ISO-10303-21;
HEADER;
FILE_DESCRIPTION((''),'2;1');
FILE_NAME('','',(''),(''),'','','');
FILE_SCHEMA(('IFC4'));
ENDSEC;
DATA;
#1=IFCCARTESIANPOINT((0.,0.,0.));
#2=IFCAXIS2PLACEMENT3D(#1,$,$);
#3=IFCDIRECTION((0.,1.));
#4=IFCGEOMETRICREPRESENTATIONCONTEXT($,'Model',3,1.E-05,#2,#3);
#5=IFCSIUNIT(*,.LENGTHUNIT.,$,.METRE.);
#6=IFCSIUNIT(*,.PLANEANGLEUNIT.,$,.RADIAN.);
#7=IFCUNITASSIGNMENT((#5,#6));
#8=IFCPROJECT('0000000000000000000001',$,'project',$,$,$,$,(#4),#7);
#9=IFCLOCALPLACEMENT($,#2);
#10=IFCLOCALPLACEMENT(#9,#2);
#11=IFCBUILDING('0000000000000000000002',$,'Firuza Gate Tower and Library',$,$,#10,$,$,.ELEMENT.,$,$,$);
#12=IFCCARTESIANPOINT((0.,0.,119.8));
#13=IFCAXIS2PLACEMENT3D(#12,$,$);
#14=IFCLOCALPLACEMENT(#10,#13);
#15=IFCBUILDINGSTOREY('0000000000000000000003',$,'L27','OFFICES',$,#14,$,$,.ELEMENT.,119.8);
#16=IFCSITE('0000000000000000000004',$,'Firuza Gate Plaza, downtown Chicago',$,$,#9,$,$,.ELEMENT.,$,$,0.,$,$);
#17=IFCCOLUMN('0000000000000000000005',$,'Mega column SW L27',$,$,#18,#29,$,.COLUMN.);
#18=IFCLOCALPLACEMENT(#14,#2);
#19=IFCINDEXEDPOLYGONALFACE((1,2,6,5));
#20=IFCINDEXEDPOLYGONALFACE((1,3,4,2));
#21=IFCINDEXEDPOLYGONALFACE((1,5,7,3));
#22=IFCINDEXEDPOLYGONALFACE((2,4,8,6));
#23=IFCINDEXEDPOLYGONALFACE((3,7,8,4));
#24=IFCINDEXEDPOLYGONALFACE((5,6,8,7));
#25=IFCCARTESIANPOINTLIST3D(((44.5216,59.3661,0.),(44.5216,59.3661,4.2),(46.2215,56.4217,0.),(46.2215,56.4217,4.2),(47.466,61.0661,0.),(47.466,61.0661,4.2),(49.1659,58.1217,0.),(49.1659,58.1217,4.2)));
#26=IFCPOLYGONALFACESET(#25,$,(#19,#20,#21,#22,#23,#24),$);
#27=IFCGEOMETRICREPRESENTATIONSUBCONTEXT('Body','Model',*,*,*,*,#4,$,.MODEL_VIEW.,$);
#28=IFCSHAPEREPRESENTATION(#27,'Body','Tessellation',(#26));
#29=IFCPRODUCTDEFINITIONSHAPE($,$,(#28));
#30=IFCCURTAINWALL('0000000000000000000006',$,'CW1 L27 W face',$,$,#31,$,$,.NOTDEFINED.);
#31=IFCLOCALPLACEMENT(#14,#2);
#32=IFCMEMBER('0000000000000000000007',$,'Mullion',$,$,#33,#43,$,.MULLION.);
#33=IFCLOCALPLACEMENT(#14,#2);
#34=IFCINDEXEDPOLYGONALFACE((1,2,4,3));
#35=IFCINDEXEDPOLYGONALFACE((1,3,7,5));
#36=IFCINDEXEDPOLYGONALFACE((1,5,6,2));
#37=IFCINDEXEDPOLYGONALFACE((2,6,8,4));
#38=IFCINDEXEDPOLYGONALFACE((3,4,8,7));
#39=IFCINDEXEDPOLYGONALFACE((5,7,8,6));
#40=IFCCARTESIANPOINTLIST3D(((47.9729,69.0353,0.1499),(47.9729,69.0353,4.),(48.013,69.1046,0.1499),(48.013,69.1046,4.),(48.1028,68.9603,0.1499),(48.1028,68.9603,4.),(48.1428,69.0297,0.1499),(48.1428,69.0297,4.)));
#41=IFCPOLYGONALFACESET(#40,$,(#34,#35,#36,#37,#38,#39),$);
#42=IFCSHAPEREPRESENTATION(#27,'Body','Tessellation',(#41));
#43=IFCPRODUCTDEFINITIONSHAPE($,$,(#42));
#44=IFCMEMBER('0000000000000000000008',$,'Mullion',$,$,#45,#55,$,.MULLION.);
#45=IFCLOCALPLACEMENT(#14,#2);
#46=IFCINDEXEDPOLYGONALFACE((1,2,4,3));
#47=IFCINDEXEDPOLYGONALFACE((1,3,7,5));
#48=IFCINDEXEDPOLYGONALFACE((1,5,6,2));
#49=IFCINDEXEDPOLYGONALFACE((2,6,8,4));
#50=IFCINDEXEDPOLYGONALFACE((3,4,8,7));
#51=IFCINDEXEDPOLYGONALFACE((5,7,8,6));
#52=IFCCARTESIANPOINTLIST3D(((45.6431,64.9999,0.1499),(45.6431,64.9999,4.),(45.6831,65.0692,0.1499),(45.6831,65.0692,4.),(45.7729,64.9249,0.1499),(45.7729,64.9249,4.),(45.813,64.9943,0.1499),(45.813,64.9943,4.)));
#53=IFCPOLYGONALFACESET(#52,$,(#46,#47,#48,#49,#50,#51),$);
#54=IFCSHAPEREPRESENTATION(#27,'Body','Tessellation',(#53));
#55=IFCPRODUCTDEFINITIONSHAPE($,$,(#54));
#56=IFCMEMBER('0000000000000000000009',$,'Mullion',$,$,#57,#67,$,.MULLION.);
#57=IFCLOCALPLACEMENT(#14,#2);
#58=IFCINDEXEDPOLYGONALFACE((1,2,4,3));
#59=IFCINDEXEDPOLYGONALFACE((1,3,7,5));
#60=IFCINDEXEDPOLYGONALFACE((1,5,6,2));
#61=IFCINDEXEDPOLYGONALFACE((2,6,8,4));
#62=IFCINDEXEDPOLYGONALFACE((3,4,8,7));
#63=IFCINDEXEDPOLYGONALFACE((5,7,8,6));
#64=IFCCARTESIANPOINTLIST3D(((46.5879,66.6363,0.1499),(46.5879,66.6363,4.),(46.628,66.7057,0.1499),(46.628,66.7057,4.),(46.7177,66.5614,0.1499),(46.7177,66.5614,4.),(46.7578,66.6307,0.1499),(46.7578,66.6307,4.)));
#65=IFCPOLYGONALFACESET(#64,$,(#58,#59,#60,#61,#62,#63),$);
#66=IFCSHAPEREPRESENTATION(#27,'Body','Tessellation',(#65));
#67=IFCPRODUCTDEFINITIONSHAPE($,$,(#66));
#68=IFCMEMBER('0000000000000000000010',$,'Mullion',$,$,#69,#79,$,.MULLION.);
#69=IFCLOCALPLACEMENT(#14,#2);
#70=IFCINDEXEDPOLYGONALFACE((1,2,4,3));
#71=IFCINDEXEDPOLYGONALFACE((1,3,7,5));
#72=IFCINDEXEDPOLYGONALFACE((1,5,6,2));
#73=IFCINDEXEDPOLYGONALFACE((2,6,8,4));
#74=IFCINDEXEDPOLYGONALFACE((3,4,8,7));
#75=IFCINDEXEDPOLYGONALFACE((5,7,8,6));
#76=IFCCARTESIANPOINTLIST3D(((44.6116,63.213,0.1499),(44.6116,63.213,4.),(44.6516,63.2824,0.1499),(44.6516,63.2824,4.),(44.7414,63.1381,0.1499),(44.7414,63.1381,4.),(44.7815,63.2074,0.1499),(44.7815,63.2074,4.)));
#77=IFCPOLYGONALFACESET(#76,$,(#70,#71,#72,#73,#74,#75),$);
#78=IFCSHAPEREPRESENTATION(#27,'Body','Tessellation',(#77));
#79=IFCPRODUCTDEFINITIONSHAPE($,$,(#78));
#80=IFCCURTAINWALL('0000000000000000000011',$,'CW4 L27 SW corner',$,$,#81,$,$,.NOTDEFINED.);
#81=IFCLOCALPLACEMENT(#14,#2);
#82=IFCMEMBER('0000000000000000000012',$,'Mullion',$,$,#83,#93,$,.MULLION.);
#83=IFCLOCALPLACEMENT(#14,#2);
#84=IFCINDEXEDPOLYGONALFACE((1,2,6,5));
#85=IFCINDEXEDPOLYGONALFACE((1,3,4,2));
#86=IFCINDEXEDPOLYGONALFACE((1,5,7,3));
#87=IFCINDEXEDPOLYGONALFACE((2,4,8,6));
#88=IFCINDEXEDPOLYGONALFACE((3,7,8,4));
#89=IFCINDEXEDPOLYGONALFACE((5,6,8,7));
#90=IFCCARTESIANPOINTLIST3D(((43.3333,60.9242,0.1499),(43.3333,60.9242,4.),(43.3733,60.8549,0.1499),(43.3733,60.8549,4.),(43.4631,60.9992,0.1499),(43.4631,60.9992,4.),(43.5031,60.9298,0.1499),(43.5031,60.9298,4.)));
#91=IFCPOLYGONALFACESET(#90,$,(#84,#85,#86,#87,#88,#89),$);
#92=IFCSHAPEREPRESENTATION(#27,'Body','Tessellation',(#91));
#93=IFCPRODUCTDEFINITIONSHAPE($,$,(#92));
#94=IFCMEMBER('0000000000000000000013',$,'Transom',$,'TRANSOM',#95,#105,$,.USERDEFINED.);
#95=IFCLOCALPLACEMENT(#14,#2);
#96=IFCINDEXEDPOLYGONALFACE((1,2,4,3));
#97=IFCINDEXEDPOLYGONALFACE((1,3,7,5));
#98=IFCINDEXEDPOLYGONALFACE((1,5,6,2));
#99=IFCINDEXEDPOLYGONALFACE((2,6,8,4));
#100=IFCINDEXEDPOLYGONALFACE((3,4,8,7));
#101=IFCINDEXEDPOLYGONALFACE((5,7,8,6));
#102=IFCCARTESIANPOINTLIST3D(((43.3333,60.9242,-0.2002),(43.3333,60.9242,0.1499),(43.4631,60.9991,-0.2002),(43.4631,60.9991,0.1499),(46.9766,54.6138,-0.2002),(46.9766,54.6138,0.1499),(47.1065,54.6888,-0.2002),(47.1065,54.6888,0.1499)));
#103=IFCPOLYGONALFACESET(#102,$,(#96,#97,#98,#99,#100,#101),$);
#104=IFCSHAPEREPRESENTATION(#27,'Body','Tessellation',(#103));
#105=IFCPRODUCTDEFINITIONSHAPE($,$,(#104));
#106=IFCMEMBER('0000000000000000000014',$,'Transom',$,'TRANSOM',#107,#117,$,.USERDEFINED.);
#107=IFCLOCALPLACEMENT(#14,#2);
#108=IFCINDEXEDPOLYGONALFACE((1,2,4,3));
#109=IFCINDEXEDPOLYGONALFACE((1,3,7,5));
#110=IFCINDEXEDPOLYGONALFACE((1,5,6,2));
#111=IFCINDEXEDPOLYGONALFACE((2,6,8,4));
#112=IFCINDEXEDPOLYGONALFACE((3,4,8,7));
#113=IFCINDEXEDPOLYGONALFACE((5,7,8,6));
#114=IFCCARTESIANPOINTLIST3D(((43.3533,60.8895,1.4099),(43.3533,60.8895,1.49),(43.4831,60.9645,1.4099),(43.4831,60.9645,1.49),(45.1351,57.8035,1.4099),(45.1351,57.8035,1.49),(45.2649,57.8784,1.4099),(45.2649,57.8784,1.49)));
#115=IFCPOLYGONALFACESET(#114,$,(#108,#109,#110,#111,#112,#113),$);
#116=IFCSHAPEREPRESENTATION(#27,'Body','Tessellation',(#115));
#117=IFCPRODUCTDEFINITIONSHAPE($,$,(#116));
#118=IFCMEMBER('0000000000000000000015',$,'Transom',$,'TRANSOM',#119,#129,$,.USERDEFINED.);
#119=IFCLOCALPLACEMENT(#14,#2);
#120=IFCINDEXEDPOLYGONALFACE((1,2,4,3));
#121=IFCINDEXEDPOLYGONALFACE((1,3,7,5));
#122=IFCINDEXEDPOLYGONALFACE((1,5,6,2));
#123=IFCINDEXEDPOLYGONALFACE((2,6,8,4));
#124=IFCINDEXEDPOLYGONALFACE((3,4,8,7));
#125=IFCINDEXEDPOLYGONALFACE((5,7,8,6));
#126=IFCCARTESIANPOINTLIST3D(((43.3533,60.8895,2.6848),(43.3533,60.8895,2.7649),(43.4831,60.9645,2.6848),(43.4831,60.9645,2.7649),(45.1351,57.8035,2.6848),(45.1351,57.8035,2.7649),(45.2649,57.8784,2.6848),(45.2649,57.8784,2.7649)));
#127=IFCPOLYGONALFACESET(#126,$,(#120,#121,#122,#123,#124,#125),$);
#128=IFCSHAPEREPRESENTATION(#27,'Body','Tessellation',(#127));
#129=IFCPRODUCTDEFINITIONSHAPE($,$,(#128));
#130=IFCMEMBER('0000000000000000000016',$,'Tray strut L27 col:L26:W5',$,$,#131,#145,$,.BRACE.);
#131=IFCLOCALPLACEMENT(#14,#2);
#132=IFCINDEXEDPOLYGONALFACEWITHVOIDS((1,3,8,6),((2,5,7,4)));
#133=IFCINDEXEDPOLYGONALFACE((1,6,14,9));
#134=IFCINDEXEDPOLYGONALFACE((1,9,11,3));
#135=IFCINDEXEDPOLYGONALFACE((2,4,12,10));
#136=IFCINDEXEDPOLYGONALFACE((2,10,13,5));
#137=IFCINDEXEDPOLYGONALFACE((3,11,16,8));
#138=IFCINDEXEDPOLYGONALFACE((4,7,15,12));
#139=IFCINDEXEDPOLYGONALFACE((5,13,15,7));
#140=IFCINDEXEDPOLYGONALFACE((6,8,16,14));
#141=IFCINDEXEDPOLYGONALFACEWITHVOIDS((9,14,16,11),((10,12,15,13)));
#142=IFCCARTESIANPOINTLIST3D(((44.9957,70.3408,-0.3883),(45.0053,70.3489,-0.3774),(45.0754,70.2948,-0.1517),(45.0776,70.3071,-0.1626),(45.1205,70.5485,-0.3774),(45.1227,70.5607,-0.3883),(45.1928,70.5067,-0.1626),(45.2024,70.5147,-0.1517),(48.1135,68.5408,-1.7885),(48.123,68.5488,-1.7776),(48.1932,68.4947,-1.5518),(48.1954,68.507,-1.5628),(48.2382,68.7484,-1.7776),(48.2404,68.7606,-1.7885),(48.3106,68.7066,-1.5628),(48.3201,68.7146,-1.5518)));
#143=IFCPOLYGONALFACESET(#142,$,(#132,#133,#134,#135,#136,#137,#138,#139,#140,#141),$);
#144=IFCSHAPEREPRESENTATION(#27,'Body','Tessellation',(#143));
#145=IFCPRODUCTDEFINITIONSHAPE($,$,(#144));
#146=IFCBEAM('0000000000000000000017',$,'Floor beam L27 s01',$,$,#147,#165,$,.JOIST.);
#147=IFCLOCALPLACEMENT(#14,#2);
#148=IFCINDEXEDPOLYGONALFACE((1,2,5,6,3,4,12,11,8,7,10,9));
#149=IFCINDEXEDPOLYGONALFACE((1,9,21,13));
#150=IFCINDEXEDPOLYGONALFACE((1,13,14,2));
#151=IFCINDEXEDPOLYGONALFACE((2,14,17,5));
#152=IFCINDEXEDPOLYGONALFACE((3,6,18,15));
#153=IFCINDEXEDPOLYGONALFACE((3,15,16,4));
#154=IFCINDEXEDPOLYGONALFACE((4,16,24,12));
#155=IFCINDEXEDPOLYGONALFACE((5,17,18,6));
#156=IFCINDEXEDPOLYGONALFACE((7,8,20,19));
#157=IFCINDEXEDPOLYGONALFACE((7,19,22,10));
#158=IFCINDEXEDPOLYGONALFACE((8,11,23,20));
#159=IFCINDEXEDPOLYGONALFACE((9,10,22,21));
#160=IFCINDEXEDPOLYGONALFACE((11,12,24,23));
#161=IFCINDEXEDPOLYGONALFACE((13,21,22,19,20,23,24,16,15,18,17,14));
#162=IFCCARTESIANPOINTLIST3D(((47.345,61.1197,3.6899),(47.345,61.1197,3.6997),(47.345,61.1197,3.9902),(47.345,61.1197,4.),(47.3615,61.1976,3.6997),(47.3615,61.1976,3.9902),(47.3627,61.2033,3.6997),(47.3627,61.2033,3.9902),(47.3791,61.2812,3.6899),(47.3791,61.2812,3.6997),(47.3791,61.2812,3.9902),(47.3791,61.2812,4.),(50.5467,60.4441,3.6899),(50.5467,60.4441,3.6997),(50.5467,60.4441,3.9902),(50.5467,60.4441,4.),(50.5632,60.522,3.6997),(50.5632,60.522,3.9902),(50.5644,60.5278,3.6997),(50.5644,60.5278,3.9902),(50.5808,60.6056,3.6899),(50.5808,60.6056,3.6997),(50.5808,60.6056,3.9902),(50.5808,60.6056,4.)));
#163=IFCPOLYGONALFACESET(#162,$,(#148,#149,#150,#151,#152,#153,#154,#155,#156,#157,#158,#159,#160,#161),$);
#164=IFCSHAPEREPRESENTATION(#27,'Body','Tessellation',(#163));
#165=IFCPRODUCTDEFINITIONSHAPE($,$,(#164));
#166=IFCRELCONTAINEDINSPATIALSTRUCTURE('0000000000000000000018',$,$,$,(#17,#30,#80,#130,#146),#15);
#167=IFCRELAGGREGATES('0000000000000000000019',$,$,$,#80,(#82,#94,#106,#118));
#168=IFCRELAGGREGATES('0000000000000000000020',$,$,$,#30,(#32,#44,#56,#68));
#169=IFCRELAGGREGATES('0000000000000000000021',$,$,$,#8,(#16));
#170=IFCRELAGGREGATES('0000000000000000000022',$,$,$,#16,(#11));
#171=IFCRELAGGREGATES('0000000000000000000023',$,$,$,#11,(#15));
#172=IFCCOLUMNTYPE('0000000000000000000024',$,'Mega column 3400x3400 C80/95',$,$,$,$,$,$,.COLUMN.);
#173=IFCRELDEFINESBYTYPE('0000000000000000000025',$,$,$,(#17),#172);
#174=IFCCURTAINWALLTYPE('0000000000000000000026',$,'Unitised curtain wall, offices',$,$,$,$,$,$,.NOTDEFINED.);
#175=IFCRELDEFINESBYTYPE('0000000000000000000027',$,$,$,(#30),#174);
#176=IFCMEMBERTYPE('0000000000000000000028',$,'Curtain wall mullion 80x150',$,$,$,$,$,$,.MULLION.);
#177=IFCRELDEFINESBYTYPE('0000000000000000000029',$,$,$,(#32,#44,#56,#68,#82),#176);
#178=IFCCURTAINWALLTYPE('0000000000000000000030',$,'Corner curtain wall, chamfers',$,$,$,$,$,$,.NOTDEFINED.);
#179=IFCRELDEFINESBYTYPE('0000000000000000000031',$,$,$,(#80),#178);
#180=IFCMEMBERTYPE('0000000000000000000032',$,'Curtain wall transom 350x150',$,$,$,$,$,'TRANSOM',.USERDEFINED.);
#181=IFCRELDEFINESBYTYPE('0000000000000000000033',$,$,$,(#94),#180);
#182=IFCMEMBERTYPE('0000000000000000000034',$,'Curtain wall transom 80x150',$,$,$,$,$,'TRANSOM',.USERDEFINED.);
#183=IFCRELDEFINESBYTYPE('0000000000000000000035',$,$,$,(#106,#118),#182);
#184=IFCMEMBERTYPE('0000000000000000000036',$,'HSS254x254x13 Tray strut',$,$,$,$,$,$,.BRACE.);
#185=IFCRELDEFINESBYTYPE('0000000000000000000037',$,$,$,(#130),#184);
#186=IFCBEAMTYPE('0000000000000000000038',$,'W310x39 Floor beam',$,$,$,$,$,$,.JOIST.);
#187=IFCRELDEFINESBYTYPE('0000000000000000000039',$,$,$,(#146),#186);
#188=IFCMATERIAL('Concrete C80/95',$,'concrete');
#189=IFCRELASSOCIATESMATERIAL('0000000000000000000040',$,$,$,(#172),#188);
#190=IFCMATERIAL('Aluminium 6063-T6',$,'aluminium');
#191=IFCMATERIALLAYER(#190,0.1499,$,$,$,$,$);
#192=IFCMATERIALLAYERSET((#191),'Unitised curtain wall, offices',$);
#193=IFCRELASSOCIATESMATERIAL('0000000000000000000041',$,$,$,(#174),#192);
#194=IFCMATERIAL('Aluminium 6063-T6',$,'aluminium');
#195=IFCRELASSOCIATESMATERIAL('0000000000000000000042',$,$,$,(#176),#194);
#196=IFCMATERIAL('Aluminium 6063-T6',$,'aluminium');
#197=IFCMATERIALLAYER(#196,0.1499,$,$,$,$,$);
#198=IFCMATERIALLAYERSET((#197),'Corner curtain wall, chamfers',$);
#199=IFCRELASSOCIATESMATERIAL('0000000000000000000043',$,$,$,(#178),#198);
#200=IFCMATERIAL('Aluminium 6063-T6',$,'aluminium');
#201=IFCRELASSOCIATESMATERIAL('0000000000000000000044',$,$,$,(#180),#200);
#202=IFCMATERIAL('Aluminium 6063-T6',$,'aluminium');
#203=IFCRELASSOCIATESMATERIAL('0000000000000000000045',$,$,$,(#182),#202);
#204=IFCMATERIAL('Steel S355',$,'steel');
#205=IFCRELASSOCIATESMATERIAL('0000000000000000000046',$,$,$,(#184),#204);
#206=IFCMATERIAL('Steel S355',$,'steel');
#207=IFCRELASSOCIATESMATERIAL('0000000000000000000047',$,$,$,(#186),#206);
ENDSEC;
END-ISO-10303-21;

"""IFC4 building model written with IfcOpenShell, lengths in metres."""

from ifc_helpers import new_model, si_unit, direction, frame, origin, origin_2d, place, context, subcontext, project, spatial, rectangle, hollow_rectangle, i_section, extrude, material, layer, layer_set, material_profile, profile_set, type_object, element, aggregate, save


model = new_model("IFC4")

# Units and contexts
model_context = context("Model", 3, precision=1e-05, world=origin(), true_north=direction((0.0, 1.0)))
body_context = subcontext(model_context, "Body", "Model", "MODEL_VIEW")
ifc_project = project(units=[si_unit("LENGTHUNIT", "METRE"), si_unit("PLANEANGLEUNIT", "RADIAN")], contexts=[model_context])

# Site, building, storey
site_placement = place(None, origin())
site = spatial("IfcSite", under=ifc_project, at=site_placement, Name="Firuza Gate Plaza, downtown Chicago", CompositionType="ELEMENT", RefElevation=0.0)
building_placement = place(site_placement, origin())
building = spatial("IfcBuilding", under=site, at=building_placement, Name="Firuza Gate Tower and Library", CompositionType="ELEMENT")
storey_placement = place(building_placement, frame((0.0, 0.0, 119.8)))
storey = spatial("IfcBuildingStorey", under=building, at=storey_placement, Name="L27", Description="OFFICES", CompositionType="ELEMENT", Elevation=119.8)

# Column
ifc_material_1 = material(Name="Concrete C80/95", Category="concrete")
ifc_material_profile_1 = material_profile(ifc_material_1, rectangle(XDim=3.3999, YDim=3.3999, at=origin_2d()))
ifc_profile_set_1 = profile_set([ifc_material_profile_1], Name="Concrete C80/95")
column_type = type_object("IfcColumnType", Name="Mega column 3400x3400 C80/95", PredefinedType="COLUMN", material=ifc_profile_set_1)
column_placement = place(storey_placement, frame((46.8438, 58.7439, 0.0), z_axis=(0.0, 0.0, 1.0), x_axis=(0.5, -0.866025, 0.0)))
element("IfcColumn", 1, at=column_placement, inside=storey, type_object=column_type, Name="Mega column SW L27", PredefinedType="COLUMN", context=body_context, shape_type="SweptSolid", body=[
    extrude(rectangle(XDim=3.3999, YDim=3.3999, at=origin_2d()), origin(), (0.0, 0.0, 1.0), 4.2),
])

# Curtain walls, members
ifc_material_2 = material(Name="Aluminium 6063-T6", Category="aluminium")
ifc_layer_1 = layer(ifc_material_2, 0.1499)
ifc_layer_set_1 = layer_set([ifc_layer_1], Name="Unitised curtain wall, offices")
curtain_wall_type_1 = type_object("IfcCurtainWallType", Name="Unitised curtain wall, offices", PredefinedType="NOTDEFINED", material=ifc_layer_set_1)
placement = place(storey_placement, origin())
curtain_wall_1 = element("IfcCurtainWall", 2, at=placement, inside=storey, type_object=curtain_wall_type_1, Name="CW1 L27 W face", PredefinedType="NOTDEFINED")
ifc_material_3 = material(Name="Aluminium 6063-T6", Category="aluminium")
ifc_material_profile_2 = material_profile(ifc_material_3, rectangle(XDim=0.1499, YDim=0.0801, at=origin_2d()))
ifc_profile_set_2 = profile_set([ifc_material_profile_2], Name="Aluminium 6063-T6")
member_type_1 = type_object("IfcMemberType", Name="Curtain wall mullion 80x150", PredefinedType="MULLION", material=ifc_profile_set_2)
member_1_placement = place(storey_placement, frame((48.0579, 69.0325, 0.1499), z_axis=(0.0, 0.0, 1.0), x_axis=(0.866025, -0.5, 0.0)))
member_1 = element("IfcMember", 3, at=member_1_placement, type_object=member_type_1, Name="Mullion", PredefinedType="MULLION", context=body_context, shape_type="SweptSolid", body=[
    extrude(rectangle(XDim=0.1499, YDim=0.0801, at=origin_2d()), origin(), (0.0, 0.0, 1.0), 3.8501),
])
member_2_placement = place(storey_placement, frame((45.728, 64.9971, 0.1499), z_axis=(0.0, 0.0, 1.0), x_axis=(0.866025, -0.5, 0.0)))
member_2 = element("IfcMember", 4, at=member_2_placement, type_object=member_type_1, Name="Mullion", PredefinedType="MULLION", context=body_context, shape_type="SweptSolid", body=[
    extrude(rectangle(XDim=0.1499, YDim=0.0801, at=origin_2d()), origin(), (0.0, 0.0, 1.0), 3.8501),
])
member_3_placement = place(storey_placement, frame((46.6729, 66.6335, 0.1499), z_axis=(0.0, 0.0, 1.0), x_axis=(0.866025, -0.5, 0.0)))
member_3 = element("IfcMember", 5, at=member_3_placement, type_object=member_type_1, Name="Mullion", PredefinedType="MULLION", context=body_context, shape_type="SweptSolid", body=[
    extrude(rectangle(XDim=0.1499, YDim=0.0801, at=origin_2d()), origin(), (0.0, 0.0, 1.0), 3.8501),
])
member_4_placement = place(storey_placement, frame((44.6965, 63.2102, 0.1499), z_axis=(0.0, 0.0, 1.0), x_axis=(0.866025, -0.5, 0.0)))
member_4 = element("IfcMember", 6, at=member_4_placement, type_object=member_type_1, Name="Mullion", PredefinedType="MULLION", context=body_context, shape_type="SweptSolid", body=[
    extrude(rectangle(XDim=0.1499, YDim=0.0801, at=origin_2d()), origin(), (0.0, 0.0, 1.0), 3.8501),
])
ifc_material_4 = material(Name="Aluminium 6063-T6", Category="aluminium")
ifc_layer_2 = layer(ifc_material_4, 0.1499)
ifc_layer_set_2 = layer_set([ifc_layer_2], Name="Corner curtain wall, chamfers")
curtain_wall_type_2 = type_object("IfcCurtainWallType", Name="Corner curtain wall, chamfers", PredefinedType="NOTDEFINED", material=ifc_layer_set_2)
curtain_wall_2 = element("IfcCurtainWall", 7, at=placement, inside=storey, type_object=curtain_wall_type_2, Name="CW4 L27 SW corner", PredefinedType="NOTDEFINED")
member_5_placement = place(storey_placement, frame((43.4182, 60.927, 0.1499), z_axis=(0.0, 0.0, 1.0), x_axis=(0.866025, 0.5, 0.0)))
member_5 = element("IfcMember", 8, at=member_5_placement, type_object=member_type_1, Name="Mullion", PredefinedType="MULLION", context=body_context, shape_type="SweptSolid", body=[
    extrude(rectangle(XDim=0.1499, YDim=0.0801, at=origin_2d()), origin(), (0.0, 0.0, 1.0), 3.8501),
])
ifc_material_5 = material(Name="Aluminium 6063-T6", Category="aluminium")
ifc_material_profile_3 = material_profile(ifc_material_5, rectangle(XDim=0.1499, YDim=0.3501, at=origin_2d()))
ifc_profile_set_3 = profile_set([ifc_material_profile_3], Name="Aluminium 6063-T6")
member_type_2 = type_object("IfcMemberType", Name="Curtain wall transom 350x150", ElementType="TRANSOM", PredefinedType="USERDEFINED", material=ifc_profile_set_3)
member_6_placement = place(storey_placement, frame((43.3982, 60.9617, -0.0251), z_axis=(0.500006, -0.866022, 0.0), x_axis=(0.866022, 0.500006, 0.0)))
member_6 = element("IfcMember", 9, at=member_6_placement, type_object=member_type_2, Name="Transom", ObjectType="TRANSOM", PredefinedType="USERDEFINED", context=body_context, shape_type="SweptSolid", body=[
    extrude(rectangle(XDim=0.1499, YDim=0.3501, at=origin_2d()), origin(), (0.0, 0.0, 1.0), 7.2866),
])
ifc_material_6 = material(Name="Aluminium 6063-T6", Category="aluminium")
ifc_material_profile_4 = material_profile(ifc_material_6, rectangle(XDim=0.1499, YDim=0.0801, at=origin_2d()))
ifc_profile_set_4 = profile_set([ifc_material_profile_4], Name="Aluminium 6063-T6")
member_type_3 = type_object("IfcMemberType", Name="Curtain wall transom 80x150", ElementType="TRANSOM", PredefinedType="USERDEFINED", material=ifc_profile_set_4)
member_7_placement = place(storey_placement, frame((43.4182, 60.927, 1.45), z_axis=(0.500015, -0.866017, 0.0), x_axis=(0.866017, 0.500015, 0.0)))
member_7 = element("IfcMember", 10, at=member_7_placement, type_object=member_type_3, Name="Transom", ObjectType="TRANSOM", PredefinedType="USERDEFINED", context=body_context, shape_type="SweptSolid", body=[
    extrude(rectangle(XDim=0.1499, YDim=0.0801, at=origin_2d()), origin(), (0.0, 0.0, 1.0), 3.5635),
])
member_8_placement = place(storey_placement, frame((43.4182, 60.927, 2.7249), z_axis=(0.500015, -0.866017, 0.0), x_axis=(0.866017, 0.500015, 0.0)))
member_8 = element("IfcMember", 11, at=member_8_placement, type_object=member_type_3, Name="Transom", ObjectType="TRANSOM", PredefinedType="USERDEFINED", context=body_context, shape_type="SweptSolid", body=[
    extrude(rectangle(XDim=0.1499, YDim=0.0801, at=origin_2d()), origin(), (0.0, 0.0, 1.0), 3.5635),
])

# Member
ifc_material_7 = material(Name="Steel S355", Category="steel")
ifc_material_profile_5 = material_profile(ifc_material_7, hollow_rectangle(XDim=0.2539, YDim=0.2539, WallThickness=0.0117, at=origin_2d()))
ifc_profile_set_5 = profile_set([ifc_material_profile_5], Name="Steel S355")
member_type_4 = type_object("IfcMemberType", Name="HSS254x254x13 Tray strut", PredefinedType="BRACE", material=ifc_profile_set_5)
member_9_placement = place(storey_placement, frame((48.2168, 68.6277, -1.6702), z_axis=(-0.807122, 0.466007, 0.362478), x_axis=(-0.500012, -0.866018, 0.0)))
element("IfcMember", 12, at=member_9_placement, inside=storey, type_object=member_type_4, Name="Tray strut L27 col:L26:W5", PredefinedType="BRACE", context=body_context, shape_type="SweptSolid", body=[
    extrude(hollow_rectangle(XDim=0.2539, YDim=0.2539, WallThickness=0.0117, at=origin_2d()), origin(), (0.0, 0.0, 1.0), 3.8628),
])

# Beam
ifc_material_8 = material(Name="Steel S355", Category="steel")
ifc_material_profile_6 = material_profile(ifc_material_8, i_section(OverallWidth=0.165, OverallDepth=0.3101, WebThickness=0.0059, FlangeThickness=0.0098, at=origin_2d()))
ifc_profile_set_6 = profile_set([ifc_material_profile_6], Name="Steel S355")
beam_type_1 = type_object("IfcBeamType", Name="W310x39 Floor beam", PredefinedType="JOIST", material=ifc_profile_set_6)
beam_1_placement = place(storey_placement, frame((47.3621, 61.2004, 3.845), z_axis=(0.978457, -0.20645, 0.0), x_axis=(0.20645, 0.978457, 0.0)))
element("IfcBeam", 13, at=beam_1_placement, inside=storey, type_object=beam_type_1, Name="Floor beam L27 s01", PredefinedType="JOIST", context=body_context, shape_type="SweptSolid", body=[
    extrude(i_section(OverallWidth=0.165, OverallDepth=0.3101, WebThickness=0.0059, FlangeThickness=0.0098, at=origin_2d()), origin(), (0.0, 0.0, 1.0), 3.2722),
])

aggregate(curtain_wall_2, [member_5, member_6, member_7, member_8])
aggregate(curtain_wall_1, [member_1, member_2, member_3, member_4])

save(model, "model.ifc")
